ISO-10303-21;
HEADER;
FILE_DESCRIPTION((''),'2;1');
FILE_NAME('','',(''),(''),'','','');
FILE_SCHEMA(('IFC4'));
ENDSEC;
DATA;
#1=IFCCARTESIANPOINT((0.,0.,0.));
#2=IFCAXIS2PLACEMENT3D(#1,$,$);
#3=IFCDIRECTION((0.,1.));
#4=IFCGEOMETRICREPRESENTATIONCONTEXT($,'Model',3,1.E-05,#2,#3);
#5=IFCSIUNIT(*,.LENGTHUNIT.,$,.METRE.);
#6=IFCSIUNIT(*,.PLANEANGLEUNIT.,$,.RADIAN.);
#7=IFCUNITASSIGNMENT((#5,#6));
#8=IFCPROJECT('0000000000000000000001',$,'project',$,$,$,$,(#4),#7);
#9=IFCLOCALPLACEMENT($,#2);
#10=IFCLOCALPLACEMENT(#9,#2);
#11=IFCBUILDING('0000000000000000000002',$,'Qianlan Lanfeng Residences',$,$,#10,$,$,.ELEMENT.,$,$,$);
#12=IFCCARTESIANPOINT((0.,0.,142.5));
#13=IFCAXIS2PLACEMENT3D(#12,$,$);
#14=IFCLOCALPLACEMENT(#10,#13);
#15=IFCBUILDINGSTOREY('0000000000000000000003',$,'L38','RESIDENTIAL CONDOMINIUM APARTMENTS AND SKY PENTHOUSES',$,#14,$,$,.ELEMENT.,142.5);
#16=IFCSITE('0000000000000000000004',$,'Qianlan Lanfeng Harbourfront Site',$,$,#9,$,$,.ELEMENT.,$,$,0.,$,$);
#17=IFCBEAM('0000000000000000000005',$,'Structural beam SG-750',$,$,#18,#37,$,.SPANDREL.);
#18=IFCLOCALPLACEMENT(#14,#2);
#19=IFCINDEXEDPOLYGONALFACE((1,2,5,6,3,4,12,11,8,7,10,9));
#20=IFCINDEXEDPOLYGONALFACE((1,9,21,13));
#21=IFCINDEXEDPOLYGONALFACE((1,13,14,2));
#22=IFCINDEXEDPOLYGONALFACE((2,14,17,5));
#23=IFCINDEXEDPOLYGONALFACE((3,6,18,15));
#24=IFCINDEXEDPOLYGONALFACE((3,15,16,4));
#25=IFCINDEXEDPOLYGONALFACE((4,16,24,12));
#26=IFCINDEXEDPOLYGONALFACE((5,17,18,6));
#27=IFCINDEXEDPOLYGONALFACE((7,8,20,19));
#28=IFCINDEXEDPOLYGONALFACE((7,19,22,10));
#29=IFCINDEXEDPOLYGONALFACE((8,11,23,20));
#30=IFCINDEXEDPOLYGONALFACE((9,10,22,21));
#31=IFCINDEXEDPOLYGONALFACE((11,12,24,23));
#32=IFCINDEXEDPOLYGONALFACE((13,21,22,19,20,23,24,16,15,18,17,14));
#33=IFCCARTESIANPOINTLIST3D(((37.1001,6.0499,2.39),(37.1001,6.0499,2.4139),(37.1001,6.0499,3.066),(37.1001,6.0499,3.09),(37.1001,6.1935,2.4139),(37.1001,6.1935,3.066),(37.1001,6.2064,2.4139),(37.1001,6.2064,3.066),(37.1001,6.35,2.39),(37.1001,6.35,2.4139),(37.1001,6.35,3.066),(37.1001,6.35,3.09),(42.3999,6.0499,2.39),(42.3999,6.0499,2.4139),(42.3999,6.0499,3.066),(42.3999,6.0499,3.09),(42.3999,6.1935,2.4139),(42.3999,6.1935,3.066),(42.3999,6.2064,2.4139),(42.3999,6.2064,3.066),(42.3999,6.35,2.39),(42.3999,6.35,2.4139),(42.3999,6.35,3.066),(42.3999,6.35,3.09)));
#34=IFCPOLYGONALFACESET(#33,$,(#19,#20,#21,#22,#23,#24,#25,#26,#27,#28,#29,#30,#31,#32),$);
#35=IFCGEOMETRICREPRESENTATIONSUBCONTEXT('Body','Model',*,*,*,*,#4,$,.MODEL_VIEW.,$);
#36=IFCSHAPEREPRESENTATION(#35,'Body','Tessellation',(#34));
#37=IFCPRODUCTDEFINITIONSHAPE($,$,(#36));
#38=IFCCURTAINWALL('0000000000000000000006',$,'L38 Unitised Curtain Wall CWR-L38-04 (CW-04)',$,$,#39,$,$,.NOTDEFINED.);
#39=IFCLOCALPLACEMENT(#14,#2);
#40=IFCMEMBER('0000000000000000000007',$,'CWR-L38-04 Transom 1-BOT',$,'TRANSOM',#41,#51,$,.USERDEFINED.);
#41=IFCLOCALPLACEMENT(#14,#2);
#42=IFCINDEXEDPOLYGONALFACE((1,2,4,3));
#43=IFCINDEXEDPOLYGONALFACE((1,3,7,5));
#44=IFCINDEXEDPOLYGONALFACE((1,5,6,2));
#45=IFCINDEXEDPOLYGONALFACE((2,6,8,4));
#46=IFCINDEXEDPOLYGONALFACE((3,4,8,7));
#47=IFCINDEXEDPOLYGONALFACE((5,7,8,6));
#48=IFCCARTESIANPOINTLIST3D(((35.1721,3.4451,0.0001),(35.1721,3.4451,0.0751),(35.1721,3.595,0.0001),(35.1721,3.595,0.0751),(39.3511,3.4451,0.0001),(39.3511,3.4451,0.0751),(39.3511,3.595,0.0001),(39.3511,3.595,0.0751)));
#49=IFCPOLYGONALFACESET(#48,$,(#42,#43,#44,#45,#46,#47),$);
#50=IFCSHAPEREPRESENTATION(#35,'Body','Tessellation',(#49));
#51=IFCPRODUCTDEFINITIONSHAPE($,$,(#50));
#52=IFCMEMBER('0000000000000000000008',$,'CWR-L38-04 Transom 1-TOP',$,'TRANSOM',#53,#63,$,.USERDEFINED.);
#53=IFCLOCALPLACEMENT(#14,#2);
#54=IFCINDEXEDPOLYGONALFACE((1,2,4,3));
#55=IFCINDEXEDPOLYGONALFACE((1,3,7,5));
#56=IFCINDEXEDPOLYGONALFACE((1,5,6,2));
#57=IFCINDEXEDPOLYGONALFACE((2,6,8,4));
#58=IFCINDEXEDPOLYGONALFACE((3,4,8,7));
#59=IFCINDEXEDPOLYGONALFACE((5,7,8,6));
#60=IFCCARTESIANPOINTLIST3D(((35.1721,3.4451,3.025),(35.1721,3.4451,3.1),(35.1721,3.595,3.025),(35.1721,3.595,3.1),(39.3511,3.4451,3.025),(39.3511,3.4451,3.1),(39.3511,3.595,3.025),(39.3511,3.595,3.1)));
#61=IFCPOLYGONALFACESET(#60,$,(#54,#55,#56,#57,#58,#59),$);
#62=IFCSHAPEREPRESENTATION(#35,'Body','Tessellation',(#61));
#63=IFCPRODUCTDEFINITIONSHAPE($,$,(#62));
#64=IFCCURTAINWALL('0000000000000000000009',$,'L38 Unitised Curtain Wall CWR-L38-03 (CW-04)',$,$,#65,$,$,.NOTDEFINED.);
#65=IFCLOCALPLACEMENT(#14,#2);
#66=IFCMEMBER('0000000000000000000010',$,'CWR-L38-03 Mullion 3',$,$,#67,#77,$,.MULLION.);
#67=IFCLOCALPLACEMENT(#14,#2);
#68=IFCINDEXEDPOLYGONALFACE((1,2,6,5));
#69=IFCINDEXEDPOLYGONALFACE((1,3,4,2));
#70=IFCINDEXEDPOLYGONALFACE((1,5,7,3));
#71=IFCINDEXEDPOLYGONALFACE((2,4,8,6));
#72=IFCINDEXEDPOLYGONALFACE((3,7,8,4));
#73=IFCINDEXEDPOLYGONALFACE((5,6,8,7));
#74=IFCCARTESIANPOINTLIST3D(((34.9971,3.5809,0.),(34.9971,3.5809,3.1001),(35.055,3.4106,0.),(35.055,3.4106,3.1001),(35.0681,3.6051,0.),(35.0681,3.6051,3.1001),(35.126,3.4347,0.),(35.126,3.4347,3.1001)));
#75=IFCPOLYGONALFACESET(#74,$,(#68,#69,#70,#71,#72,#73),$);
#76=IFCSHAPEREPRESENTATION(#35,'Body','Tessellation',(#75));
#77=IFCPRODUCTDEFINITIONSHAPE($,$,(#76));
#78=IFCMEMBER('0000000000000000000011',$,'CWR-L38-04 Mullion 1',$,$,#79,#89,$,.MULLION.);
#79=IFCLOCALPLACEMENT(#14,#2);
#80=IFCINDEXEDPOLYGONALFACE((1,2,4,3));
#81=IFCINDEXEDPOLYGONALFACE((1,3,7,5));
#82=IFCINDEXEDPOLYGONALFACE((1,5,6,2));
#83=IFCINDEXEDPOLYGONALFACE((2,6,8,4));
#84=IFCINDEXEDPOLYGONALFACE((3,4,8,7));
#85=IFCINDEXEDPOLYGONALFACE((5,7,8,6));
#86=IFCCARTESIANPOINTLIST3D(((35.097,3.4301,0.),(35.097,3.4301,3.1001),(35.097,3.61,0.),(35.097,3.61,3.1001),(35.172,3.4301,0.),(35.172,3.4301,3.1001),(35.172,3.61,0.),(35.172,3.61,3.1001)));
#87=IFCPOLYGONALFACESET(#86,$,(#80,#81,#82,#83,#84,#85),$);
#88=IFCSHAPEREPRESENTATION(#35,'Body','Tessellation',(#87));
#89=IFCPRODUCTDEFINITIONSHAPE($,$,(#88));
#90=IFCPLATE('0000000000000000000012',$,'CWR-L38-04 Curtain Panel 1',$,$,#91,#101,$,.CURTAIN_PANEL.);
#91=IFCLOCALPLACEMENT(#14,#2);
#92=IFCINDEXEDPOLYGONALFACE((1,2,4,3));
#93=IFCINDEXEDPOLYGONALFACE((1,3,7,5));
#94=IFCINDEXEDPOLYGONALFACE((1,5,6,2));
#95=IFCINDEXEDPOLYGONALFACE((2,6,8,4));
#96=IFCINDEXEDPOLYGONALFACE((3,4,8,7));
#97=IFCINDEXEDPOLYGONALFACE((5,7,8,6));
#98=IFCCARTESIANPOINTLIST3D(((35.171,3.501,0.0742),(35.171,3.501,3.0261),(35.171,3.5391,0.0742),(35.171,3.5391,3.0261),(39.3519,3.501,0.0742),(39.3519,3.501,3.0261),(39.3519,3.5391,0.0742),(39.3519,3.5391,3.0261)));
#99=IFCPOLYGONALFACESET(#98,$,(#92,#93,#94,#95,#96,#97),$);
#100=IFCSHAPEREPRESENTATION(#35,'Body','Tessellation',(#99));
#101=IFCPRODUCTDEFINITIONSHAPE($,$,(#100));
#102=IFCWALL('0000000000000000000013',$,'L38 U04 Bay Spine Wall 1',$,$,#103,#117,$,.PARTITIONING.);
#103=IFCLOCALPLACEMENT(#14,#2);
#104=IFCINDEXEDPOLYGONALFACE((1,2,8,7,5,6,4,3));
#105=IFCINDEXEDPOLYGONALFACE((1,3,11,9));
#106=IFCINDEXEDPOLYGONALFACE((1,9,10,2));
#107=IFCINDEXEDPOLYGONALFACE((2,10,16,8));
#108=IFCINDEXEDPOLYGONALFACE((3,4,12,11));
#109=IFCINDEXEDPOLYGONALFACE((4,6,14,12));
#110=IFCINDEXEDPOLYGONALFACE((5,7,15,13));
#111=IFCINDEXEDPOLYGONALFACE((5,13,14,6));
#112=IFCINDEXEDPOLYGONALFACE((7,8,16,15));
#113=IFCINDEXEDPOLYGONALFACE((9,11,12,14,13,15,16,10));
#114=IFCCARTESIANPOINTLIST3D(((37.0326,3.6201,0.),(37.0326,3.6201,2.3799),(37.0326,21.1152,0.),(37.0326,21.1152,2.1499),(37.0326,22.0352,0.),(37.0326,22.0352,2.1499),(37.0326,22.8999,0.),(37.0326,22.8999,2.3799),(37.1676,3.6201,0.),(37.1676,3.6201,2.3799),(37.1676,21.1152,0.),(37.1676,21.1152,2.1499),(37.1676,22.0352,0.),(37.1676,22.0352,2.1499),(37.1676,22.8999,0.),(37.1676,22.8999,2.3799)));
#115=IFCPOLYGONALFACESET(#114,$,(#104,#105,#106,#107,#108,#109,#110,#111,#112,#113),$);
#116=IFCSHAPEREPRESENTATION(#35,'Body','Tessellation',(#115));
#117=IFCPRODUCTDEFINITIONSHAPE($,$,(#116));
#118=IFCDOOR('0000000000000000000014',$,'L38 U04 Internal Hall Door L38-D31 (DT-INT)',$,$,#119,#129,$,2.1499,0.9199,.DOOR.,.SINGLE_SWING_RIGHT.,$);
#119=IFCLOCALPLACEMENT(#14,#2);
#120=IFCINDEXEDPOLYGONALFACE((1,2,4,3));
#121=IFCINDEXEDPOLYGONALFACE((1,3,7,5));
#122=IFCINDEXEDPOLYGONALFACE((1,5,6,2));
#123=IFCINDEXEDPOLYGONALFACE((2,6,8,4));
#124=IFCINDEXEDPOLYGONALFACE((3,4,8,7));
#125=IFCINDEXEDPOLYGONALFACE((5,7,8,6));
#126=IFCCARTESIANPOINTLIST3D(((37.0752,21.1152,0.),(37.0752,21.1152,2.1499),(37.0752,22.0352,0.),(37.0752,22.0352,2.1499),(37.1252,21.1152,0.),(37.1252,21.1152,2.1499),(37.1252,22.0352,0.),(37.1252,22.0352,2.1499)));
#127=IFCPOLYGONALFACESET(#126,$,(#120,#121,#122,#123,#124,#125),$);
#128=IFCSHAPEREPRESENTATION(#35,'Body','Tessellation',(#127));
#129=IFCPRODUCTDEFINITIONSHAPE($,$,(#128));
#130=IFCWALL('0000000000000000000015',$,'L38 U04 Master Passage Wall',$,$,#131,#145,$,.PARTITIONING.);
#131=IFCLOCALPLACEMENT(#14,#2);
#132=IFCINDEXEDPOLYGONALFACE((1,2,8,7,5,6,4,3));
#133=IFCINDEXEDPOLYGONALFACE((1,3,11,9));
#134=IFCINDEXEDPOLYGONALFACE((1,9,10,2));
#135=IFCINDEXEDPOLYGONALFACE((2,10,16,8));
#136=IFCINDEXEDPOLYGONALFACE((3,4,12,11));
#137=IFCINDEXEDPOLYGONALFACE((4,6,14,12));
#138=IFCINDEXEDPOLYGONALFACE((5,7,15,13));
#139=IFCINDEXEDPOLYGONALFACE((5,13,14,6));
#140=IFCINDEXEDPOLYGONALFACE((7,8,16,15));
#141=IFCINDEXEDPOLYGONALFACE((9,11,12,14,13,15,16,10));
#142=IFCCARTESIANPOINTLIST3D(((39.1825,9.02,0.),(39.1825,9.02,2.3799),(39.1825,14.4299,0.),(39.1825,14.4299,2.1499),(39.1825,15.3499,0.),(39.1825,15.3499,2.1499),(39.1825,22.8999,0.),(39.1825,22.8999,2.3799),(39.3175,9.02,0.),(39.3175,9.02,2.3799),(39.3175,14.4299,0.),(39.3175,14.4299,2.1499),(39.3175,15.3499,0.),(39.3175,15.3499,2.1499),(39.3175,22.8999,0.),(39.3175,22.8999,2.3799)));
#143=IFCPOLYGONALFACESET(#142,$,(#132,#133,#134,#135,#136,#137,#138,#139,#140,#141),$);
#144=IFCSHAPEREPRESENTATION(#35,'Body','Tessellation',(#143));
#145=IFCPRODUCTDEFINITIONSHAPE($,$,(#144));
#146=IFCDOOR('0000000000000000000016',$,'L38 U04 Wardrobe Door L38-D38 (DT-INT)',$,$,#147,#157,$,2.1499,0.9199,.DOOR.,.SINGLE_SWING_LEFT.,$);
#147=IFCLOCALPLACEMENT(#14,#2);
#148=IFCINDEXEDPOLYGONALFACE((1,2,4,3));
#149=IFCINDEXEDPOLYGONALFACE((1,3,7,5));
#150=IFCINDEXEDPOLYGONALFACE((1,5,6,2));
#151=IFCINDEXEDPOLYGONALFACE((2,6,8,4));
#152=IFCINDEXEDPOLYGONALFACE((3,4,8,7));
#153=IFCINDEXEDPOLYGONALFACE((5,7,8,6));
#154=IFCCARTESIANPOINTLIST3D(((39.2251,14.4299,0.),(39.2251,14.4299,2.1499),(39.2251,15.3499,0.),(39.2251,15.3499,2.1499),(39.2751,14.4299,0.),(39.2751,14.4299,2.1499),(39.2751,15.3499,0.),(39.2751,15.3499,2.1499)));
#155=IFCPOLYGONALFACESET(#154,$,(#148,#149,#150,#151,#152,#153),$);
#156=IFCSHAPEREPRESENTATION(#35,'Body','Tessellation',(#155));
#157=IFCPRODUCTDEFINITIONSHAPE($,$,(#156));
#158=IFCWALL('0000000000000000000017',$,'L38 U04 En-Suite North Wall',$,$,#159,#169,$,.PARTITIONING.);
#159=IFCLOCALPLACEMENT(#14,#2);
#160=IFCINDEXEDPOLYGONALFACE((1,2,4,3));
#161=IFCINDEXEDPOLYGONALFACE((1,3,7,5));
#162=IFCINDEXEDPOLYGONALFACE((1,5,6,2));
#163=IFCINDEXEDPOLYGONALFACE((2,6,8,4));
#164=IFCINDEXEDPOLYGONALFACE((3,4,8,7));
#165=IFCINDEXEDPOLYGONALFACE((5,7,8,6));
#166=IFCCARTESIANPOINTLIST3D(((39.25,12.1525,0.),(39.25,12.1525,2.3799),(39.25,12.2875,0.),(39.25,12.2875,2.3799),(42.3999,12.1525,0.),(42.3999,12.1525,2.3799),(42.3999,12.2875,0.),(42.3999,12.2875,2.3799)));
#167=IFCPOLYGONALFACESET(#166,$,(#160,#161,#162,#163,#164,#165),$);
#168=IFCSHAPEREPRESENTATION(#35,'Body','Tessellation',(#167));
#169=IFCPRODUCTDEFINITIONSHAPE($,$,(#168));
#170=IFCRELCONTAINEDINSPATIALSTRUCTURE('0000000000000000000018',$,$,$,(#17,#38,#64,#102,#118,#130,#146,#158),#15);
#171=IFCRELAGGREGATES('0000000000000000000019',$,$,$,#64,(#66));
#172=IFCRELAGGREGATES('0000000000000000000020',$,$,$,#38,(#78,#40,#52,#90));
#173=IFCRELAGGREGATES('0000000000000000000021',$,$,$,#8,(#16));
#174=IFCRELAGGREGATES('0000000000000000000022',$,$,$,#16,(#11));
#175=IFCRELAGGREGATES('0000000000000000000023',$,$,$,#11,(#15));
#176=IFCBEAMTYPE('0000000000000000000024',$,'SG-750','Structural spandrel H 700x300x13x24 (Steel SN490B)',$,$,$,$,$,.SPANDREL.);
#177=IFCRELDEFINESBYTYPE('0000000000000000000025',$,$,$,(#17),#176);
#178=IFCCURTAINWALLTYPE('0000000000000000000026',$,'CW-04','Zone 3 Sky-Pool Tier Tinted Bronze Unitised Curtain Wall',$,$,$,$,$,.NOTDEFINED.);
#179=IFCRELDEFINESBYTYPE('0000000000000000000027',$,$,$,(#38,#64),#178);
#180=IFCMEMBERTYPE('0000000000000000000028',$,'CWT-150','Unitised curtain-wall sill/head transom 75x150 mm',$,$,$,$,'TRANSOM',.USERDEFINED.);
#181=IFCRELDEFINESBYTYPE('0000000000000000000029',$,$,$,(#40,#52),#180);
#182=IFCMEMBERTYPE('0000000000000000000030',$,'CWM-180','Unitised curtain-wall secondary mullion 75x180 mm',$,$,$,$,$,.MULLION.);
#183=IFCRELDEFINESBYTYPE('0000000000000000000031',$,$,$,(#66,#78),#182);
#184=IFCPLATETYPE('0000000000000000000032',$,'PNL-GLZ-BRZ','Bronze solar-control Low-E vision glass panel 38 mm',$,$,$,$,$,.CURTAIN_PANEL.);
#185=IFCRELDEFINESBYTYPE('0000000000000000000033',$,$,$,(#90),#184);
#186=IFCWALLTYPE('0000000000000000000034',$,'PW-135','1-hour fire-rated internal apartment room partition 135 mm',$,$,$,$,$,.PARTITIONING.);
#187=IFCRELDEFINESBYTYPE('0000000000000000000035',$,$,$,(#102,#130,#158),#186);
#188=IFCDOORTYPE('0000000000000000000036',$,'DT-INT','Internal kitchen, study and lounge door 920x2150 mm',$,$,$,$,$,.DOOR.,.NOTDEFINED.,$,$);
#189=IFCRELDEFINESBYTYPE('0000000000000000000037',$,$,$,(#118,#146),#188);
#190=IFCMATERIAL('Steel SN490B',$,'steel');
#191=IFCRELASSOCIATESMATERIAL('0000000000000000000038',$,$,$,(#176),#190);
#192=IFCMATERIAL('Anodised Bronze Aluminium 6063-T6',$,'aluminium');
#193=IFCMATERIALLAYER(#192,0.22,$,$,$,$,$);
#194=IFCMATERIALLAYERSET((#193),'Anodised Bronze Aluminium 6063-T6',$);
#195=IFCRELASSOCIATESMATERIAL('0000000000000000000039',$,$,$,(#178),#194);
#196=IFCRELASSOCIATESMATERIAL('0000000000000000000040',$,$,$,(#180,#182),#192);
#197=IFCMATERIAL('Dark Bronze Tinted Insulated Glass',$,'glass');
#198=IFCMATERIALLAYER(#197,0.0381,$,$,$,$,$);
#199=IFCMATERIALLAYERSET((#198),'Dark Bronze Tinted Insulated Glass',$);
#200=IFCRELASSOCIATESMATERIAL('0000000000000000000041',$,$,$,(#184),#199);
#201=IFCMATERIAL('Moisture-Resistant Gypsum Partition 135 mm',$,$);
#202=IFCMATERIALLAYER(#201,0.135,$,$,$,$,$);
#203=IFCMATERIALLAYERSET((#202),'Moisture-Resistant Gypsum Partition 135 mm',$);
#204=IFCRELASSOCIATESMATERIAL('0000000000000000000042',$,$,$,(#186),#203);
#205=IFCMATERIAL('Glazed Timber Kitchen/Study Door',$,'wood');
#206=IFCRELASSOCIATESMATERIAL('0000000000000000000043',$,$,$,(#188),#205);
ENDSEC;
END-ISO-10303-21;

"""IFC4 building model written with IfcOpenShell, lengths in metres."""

from ifc_helpers import new_model, si_unit, direction, frame, frame_2d, origin, origin_2d, place, context, subcontext, project, spatial, rectangle, i_section, extrude, source, transform, mapped, material, layer, layer_set, material_profile, profile_set, type_object, element, fill, aggregate, save


model = new_model("IFC4")

# Units and contexts
model_context = context("Model", 3, precision=1e-05, world=origin(), true_north=direction((0.0, 1.0)))
body_context = subcontext(model_context, "Body", "Model", "MODEL_VIEW")
ifc_project = project(units=[si_unit("LENGTHUNIT", "METRE"), si_unit("PLANEANGLEUNIT", "RADIAN")], contexts=[model_context])

# Site, building, storey
site_placement = place(None, origin())
site = spatial("IfcSite", under=ifc_project, at=site_placement, Name="Qianlan Lanfeng Harbourfront Site", CompositionType="ELEMENT", RefElevation=0.0)
building_placement = place(site_placement, origin())
building = spatial("IfcBuilding", under=site, at=building_placement, Name="Qianlan Lanfeng Residences", CompositionType="ELEMENT")
storey_placement = place(building_placement, frame((0.0, 0.0, 142.5)))
storey = spatial("IfcBuildingStorey", under=building, at=storey_placement, Name="L38", Description="RESIDENTIAL CONDOMINIUM APARTMENTS AND SKY PENTHOUSES", CompositionType="ELEMENT", Elevation=142.5)

# Shared definitions
ifc_material_1 = material(Name="Steel SN490B", Category="steel")

# Beam
ifc_material_profile_1 = material_profile(ifc_material_1, i_section(OverallWidth=0.3, OverallDepth=0.7, WebThickness=0.0129, FlangeThickness=0.0239, at=origin_2d()), Name="H 700x300x13x24")
ifc_profile_set_1 = profile_set([ifc_material_profile_1], Name="Steel SN490B")
beam_type_1 = type_object("IfcBeamType", Name="SG-750", Description="Structural spandrel H 700x300x13x24 (Steel SN490B)", PredefinedType="SPANDREL", material=ifc_profile_set_1)
beam_1_placement = place(storey_placement, frame((37.1001, 6.2, 2.74), z_axis=(1.0, 0.0, 0.0), x_axis=(0.0, 1.0, 0.0)))
element("IfcBeam", 1, at=beam_1_placement, inside=storey, type_object=beam_type_1, Name="Structural beam SG-750", PredefinedType="SPANDREL", context=body_context, shape_type="SweptSolid", body=[
    extrude(i_section(OverallWidth=0.3, OverallDepth=0.7, WebThickness=0.0129, FlangeThickness=0.0239, at=origin_2d()), origin(), (0.0, 0.0, 1.0), 5.2998),
])

# Curtain wall, members
ifc_material_2 = material(Name="Anodised Bronze Aluminium 6063-T6", Category="aluminium")
ifc_layer_1 = layer(ifc_material_2, 0.22)
ifc_layer_set_1 = layer_set([ifc_layer_1], Name="Anodised Bronze Aluminium 6063-T6")
curtain_wall_type = type_object("IfcCurtainWallType", Name="CW-04", Description="Zone 3 Sky-Pool Tier Tinted Bronze Unitised Curtain Wall", PredefinedType="NOTDEFINED", material=ifc_layer_set_1)
curtain_wall_1_placement = place(storey_placement, origin())
curtain_wall_1 = element("IfcCurtainWall", 2, at=curtain_wall_1_placement, inside=storey, type_object=curtain_wall_type, Name="L38 Unitised Curtain Wall CWR-L38-04 (CW-04)", PredefinedType="NOTDEFINED")
ifc_material_profile_2 = material_profile(ifc_material_2, rectangle(XDim=0.075, YDim=0.1499, at=origin_2d()), Name="ALU TRANSOM 75x150")
ifc_profile_set_2 = profile_set([ifc_material_profile_2], Name="Anodised Bronze Aluminium 6063-T6")
member_type_1 = type_object("IfcMemberType", Name="CWT-150", Description="Unitised curtain-wall sill/head transom 75x150 mm", ElementType="TRANSOM", PredefinedType="USERDEFINED", material=ifc_profile_set_2)
shared_shape_1 = source(origin(), body_context, "Body", "SweptSolid", [
    extrude(rectangle(XDim=0.075, YDim=0.1499, at=origin_2d()), origin(), (0.0, 0.0, 1.0), 4.179),
])
member_1_placement = place(storey_placement, frame((35.1721, 3.52, 0.0376), z_axis=(1.0, 0.0, 0.0), x_axis=(0.0, 0.0, 1.0)))
member_1 = element("IfcMember", 3, at=member_1_placement, type_object=member_type_1, Name="CWR-L38-04 Transom 1-BOT", ObjectType="TRANSOM", PredefinedType="USERDEFINED", context=body_context, shape_type="MappedRepresentation", body=[
    mapped(shared_shape_1, transform((0.0, 0.0, 0.0), scale=1.0)),
])
member_2_placement = place(storey_placement, frame((35.1721, 3.52, 3.0625), z_axis=(1.0, 0.0, 0.0), x_axis=(0.0, 0.0, 1.0)))
member_2 = element("IfcMember", 4, at=member_2_placement, type_object=member_type_1, Name="CWR-L38-04 Transom 1-TOP", ObjectType="TRANSOM", PredefinedType="USERDEFINED", context=body_context, shape_type="MappedRepresentation", body=[
    mapped(shared_shape_1, transform((0.0, 0.0, 0.0), scale=1.0)),
])

# Curtain wall, member
curtain_wall_2_placement = place(storey_placement, origin())
curtain_wall_2 = element("IfcCurtainWall", 5, at=curtain_wall_2_placement, inside=storey, type_object=curtain_wall_type, Name="L38 Unitised Curtain Wall CWR-L38-03 (CW-04)", PredefinedType="NOTDEFINED")
ifc_material_profile_3 = material_profile(ifc_material_2, rectangle(XDim=0.075, YDim=0.1799, at=origin_2d()), Name="ALU MULLION 75x180")
ifc_profile_set_3 = profile_set([ifc_material_profile_3], Name="Anodised Bronze Aluminium 6063-T6")
member_type_2 = type_object("IfcMemberType", Name="CWM-180", Description="Unitised curtain-wall secondary mullion 75x180 mm", PredefinedType="MULLION", material=ifc_profile_set_3)
shared_shape_2 = source(origin(), body_context, "Body", "SweptSolid", [
    extrude(rectangle(XDim=0.075, YDim=0.1799, at=origin_2d()), origin(), (0.0, 0.0, 1.0), 3.1001),
])
member_3_placement = place(storey_placement, frame((35.0615, 3.5078, 0.0), z_axis=(0.0, 0.0, 1.0), x_axis=(0.946826, 0.321745, 0.0)))
member_3 = element("IfcMember", 6, at=member_3_placement, type_object=member_type_2, Name="CWR-L38-03 Mullion 3", PredefinedType="MULLION", context=body_context, shape_type="MappedRepresentation", body=[
    mapped(shared_shape_2, transform((0.0, 0.0, 0.0), scale=1.0)),
])
aggregate(curtain_wall_2, [member_3])

# Member
member_4_placement = place(storey_placement, frame((35.1345, 3.52, 0.0), z_axis=(0.0, 0.0, 1.0), x_axis=(1.0, 0.0, 0.0)))
member_4 = element("IfcMember", 7, at=member_4_placement, type_object=member_type_2, Name="CWR-L38-04 Mullion 1", PredefinedType="MULLION", context=body_context, shape_type="MappedRepresentation", body=[
    mapped(shared_shape_2, transform((0.0, 0.0, 0.0), scale=1.0)),
])

# Plate
ifc_material_3 = material(Name="Dark Bronze Tinted Insulated Glass", Category="glass")
ifc_layer_2 = layer(ifc_material_3, 0.0381)
ifc_layer_set_2 = layer_set([ifc_layer_2], Name="Dark Bronze Tinted Insulated Glass")
plate_type = type_object("IfcPlateType", Name="PNL-GLZ-BRZ", Description="Bronze solar-control Low-E vision glass panel 38 mm", PredefinedType="CURTAIN_PANEL", material=ifc_layer_set_2)
shared_shape_3 = source(origin(), body_context, "Body", "SweptSolid", [
    extrude(rectangle(XDim=4.1809, YDim=0.0381, at=origin_2d()), origin(), (0.0, 0.0, 1.0), 2.9519),
])
plate_placement = place(storey_placement, frame((37.2615, 3.52, 0.0742), z_axis=(0.0, 0.0, 1.0), x_axis=(1.0, 0.0, 0.0)))
plate = element("IfcPlate", 8, at=plate_placement, type_object=plate_type, Name="CWR-L38-04 Curtain Panel 1", PredefinedType="CURTAIN_PANEL", context=body_context, shape_type="MappedRepresentation", body=[
    mapped(shared_shape_3, transform((0.0, 0.0, 0.0), scale=1.0)),
])
aggregate(curtain_wall_1, [member_4, member_1, member_2, plate])

# Wall, opening, door
ifc_material_4 = material(Name="Moisture-Resistant Gypsum Partition 135 mm")
ifc_layer_3 = layer(ifc_material_4, 0.135)
ifc_layer_set_3 = layer_set([ifc_layer_3], Name="Moisture-Resistant Gypsum Partition 135 mm")
wall_type = type_object("IfcWallType", Name="PW-135", Description="1-hour fire-rated internal apartment room partition 135 mm", PredefinedType="PARTITIONING", material=ifc_layer_set_3)
wall_1_placement = place(storey_placement, frame((37.1001, 3.6201, 0.0), z_axis=(0.0, 0.0, 1.0), x_axis=(0.0, 1.0, 0.0)))
wall_1 = element("IfcWall", 9, at=wall_1_placement, inside=storey, type_object=wall_type, Name="L38 U04 Bay Spine Wall 1", PredefinedType="PARTITIONING", context=body_context, shape_type="SweptSolid", body=[
    extrude(rectangle(XDim=19.2798, YDim=0.135, at=frame_2d((9.6399, 0.0))), origin(), (0.0, 0.0, 1.0), 2.3799),
])
opening_1_placement = place(wall_1_placement, frame((17.4951, 0.0, 0.0)))
opening_1 = element("IfcOpeningElement", 10, at=opening_1_placement, cuts=wall_1, PredefinedType="OPENING", context=body_context, shape_type="SweptSolid", body=[
    extrude(rectangle(XDim=0.9199, YDim=2.1499, at=frame_2d((0.46, 1.075))), frame((0.0, 0.0776, 0.0), z_axis=(0.0, -1.0, 0.0), x_axis=(1.0, 0.0, 0.0)), (0.0, 0.0, 1.0), 0.155),
])
ifc_material_5 = material(Name="Glazed Timber Kitchen/Study Door", Category="wood")
door_type_1 = type_object("IfcDoorType", Name="DT-INT", Description="Internal kitchen, study and lounge door 920x2150 mm", OperationType="NOTDEFINED", PredefinedType="DOOR", material=ifc_material_5)
door_1_placement = place(opening_1_placement, origin())
door_1 = element("IfcDoor", 11, at=door_1_placement, inside=storey, type_object=door_type_1, Name="L38 U04 Internal Hall Door L38-D31 (DT-INT)", OperationType="SINGLE_SWING_RIGHT", OverallHeight=2.1499, OverallWidth=0.9199, PredefinedType="DOOR", context=body_context, shape_type="SweptSolid", body=[
    extrude(rectangle(XDim=0.9199, YDim=2.1499, at=frame_2d((0.46, 1.075))), frame((0.0, 0.0249, 0.0), z_axis=(0.0, -1.0, 0.0), x_axis=(1.0, 0.0, 0.0)), (0.0, 0.0, 1.0), 0.05),
])
fill(opening_1, door_1)

# Wall, opening, door
wall_2_placement = place(storey_placement, frame((39.25, 9.02, 0.0), z_axis=(0.0, 0.0, 1.0), x_axis=(0.0, 1.0, 0.0)))
wall_2 = element("IfcWall", 12, at=wall_2_placement, inside=storey, type_object=wall_type, Name="L38 U04 Master Passage Wall", PredefinedType="PARTITIONING", context=body_context, shape_type="SweptSolid", body=[
    extrude(rectangle(XDim=13.8799, YDim=0.135, at=frame_2d((6.9399, 0.0))), origin(), (0.0, 0.0, 1.0), 2.3799),
])
opening_2_placement = place(wall_2_placement, frame((5.4099, 0.0, 0.0)))
opening_2 = element("IfcOpeningElement", 13, at=opening_2_placement, cuts=wall_2, PredefinedType="OPENING", context=body_context, shape_type="SweptSolid", body=[
    extrude(rectangle(XDim=0.9199, YDim=2.1499, at=frame_2d((0.46, 1.075))), frame((0.0, 0.0776, 0.0), z_axis=(0.0, -1.0, 0.0), x_axis=(1.0, 0.0, 0.0)), (0.0, 0.0, 1.0), 0.155),
])
door_2_placement = place(opening_2_placement, origin())
door_2 = element("IfcDoor", 14, at=door_2_placement, inside=storey, type_object=door_type_1, Name="L38 U04 Wardrobe Door L38-D38 (DT-INT)", OperationType="SINGLE_SWING_LEFT", OverallHeight=2.1499, OverallWidth=0.9199, PredefinedType="DOOR", context=body_context, shape_type="SweptSolid", body=[
    extrude(rectangle(XDim=0.9199, YDim=2.1499, at=frame_2d((0.46, 1.075))), frame((0.0, 0.0249, 0.0), z_axis=(0.0, -1.0, 0.0), x_axis=(1.0, 0.0, 0.0)), (0.0, 0.0, 1.0), 0.05),
])
fill(opening_2, door_2)

# Wall
wall_3_placement = place(storey_placement, frame((39.25, 12.22, 0.0), z_axis=(0.0, 0.0, 1.0), x_axis=(1.0, 0.0, 0.0)))
element("IfcWall", 15, at=wall_3_placement, inside=storey, type_object=wall_type, Name="L38 U04 En-Suite North Wall", PredefinedType="PARTITIONING", context=body_context, shape_type="SweptSolid", body=[
    extrude(rectangle(XDim=3.1499, YDim=0.135, at=frame_2d((1.575, 0.0))), origin(), (0.0, 0.0, 1.0), 2.3799),
])

save(model, "model.ifc")
